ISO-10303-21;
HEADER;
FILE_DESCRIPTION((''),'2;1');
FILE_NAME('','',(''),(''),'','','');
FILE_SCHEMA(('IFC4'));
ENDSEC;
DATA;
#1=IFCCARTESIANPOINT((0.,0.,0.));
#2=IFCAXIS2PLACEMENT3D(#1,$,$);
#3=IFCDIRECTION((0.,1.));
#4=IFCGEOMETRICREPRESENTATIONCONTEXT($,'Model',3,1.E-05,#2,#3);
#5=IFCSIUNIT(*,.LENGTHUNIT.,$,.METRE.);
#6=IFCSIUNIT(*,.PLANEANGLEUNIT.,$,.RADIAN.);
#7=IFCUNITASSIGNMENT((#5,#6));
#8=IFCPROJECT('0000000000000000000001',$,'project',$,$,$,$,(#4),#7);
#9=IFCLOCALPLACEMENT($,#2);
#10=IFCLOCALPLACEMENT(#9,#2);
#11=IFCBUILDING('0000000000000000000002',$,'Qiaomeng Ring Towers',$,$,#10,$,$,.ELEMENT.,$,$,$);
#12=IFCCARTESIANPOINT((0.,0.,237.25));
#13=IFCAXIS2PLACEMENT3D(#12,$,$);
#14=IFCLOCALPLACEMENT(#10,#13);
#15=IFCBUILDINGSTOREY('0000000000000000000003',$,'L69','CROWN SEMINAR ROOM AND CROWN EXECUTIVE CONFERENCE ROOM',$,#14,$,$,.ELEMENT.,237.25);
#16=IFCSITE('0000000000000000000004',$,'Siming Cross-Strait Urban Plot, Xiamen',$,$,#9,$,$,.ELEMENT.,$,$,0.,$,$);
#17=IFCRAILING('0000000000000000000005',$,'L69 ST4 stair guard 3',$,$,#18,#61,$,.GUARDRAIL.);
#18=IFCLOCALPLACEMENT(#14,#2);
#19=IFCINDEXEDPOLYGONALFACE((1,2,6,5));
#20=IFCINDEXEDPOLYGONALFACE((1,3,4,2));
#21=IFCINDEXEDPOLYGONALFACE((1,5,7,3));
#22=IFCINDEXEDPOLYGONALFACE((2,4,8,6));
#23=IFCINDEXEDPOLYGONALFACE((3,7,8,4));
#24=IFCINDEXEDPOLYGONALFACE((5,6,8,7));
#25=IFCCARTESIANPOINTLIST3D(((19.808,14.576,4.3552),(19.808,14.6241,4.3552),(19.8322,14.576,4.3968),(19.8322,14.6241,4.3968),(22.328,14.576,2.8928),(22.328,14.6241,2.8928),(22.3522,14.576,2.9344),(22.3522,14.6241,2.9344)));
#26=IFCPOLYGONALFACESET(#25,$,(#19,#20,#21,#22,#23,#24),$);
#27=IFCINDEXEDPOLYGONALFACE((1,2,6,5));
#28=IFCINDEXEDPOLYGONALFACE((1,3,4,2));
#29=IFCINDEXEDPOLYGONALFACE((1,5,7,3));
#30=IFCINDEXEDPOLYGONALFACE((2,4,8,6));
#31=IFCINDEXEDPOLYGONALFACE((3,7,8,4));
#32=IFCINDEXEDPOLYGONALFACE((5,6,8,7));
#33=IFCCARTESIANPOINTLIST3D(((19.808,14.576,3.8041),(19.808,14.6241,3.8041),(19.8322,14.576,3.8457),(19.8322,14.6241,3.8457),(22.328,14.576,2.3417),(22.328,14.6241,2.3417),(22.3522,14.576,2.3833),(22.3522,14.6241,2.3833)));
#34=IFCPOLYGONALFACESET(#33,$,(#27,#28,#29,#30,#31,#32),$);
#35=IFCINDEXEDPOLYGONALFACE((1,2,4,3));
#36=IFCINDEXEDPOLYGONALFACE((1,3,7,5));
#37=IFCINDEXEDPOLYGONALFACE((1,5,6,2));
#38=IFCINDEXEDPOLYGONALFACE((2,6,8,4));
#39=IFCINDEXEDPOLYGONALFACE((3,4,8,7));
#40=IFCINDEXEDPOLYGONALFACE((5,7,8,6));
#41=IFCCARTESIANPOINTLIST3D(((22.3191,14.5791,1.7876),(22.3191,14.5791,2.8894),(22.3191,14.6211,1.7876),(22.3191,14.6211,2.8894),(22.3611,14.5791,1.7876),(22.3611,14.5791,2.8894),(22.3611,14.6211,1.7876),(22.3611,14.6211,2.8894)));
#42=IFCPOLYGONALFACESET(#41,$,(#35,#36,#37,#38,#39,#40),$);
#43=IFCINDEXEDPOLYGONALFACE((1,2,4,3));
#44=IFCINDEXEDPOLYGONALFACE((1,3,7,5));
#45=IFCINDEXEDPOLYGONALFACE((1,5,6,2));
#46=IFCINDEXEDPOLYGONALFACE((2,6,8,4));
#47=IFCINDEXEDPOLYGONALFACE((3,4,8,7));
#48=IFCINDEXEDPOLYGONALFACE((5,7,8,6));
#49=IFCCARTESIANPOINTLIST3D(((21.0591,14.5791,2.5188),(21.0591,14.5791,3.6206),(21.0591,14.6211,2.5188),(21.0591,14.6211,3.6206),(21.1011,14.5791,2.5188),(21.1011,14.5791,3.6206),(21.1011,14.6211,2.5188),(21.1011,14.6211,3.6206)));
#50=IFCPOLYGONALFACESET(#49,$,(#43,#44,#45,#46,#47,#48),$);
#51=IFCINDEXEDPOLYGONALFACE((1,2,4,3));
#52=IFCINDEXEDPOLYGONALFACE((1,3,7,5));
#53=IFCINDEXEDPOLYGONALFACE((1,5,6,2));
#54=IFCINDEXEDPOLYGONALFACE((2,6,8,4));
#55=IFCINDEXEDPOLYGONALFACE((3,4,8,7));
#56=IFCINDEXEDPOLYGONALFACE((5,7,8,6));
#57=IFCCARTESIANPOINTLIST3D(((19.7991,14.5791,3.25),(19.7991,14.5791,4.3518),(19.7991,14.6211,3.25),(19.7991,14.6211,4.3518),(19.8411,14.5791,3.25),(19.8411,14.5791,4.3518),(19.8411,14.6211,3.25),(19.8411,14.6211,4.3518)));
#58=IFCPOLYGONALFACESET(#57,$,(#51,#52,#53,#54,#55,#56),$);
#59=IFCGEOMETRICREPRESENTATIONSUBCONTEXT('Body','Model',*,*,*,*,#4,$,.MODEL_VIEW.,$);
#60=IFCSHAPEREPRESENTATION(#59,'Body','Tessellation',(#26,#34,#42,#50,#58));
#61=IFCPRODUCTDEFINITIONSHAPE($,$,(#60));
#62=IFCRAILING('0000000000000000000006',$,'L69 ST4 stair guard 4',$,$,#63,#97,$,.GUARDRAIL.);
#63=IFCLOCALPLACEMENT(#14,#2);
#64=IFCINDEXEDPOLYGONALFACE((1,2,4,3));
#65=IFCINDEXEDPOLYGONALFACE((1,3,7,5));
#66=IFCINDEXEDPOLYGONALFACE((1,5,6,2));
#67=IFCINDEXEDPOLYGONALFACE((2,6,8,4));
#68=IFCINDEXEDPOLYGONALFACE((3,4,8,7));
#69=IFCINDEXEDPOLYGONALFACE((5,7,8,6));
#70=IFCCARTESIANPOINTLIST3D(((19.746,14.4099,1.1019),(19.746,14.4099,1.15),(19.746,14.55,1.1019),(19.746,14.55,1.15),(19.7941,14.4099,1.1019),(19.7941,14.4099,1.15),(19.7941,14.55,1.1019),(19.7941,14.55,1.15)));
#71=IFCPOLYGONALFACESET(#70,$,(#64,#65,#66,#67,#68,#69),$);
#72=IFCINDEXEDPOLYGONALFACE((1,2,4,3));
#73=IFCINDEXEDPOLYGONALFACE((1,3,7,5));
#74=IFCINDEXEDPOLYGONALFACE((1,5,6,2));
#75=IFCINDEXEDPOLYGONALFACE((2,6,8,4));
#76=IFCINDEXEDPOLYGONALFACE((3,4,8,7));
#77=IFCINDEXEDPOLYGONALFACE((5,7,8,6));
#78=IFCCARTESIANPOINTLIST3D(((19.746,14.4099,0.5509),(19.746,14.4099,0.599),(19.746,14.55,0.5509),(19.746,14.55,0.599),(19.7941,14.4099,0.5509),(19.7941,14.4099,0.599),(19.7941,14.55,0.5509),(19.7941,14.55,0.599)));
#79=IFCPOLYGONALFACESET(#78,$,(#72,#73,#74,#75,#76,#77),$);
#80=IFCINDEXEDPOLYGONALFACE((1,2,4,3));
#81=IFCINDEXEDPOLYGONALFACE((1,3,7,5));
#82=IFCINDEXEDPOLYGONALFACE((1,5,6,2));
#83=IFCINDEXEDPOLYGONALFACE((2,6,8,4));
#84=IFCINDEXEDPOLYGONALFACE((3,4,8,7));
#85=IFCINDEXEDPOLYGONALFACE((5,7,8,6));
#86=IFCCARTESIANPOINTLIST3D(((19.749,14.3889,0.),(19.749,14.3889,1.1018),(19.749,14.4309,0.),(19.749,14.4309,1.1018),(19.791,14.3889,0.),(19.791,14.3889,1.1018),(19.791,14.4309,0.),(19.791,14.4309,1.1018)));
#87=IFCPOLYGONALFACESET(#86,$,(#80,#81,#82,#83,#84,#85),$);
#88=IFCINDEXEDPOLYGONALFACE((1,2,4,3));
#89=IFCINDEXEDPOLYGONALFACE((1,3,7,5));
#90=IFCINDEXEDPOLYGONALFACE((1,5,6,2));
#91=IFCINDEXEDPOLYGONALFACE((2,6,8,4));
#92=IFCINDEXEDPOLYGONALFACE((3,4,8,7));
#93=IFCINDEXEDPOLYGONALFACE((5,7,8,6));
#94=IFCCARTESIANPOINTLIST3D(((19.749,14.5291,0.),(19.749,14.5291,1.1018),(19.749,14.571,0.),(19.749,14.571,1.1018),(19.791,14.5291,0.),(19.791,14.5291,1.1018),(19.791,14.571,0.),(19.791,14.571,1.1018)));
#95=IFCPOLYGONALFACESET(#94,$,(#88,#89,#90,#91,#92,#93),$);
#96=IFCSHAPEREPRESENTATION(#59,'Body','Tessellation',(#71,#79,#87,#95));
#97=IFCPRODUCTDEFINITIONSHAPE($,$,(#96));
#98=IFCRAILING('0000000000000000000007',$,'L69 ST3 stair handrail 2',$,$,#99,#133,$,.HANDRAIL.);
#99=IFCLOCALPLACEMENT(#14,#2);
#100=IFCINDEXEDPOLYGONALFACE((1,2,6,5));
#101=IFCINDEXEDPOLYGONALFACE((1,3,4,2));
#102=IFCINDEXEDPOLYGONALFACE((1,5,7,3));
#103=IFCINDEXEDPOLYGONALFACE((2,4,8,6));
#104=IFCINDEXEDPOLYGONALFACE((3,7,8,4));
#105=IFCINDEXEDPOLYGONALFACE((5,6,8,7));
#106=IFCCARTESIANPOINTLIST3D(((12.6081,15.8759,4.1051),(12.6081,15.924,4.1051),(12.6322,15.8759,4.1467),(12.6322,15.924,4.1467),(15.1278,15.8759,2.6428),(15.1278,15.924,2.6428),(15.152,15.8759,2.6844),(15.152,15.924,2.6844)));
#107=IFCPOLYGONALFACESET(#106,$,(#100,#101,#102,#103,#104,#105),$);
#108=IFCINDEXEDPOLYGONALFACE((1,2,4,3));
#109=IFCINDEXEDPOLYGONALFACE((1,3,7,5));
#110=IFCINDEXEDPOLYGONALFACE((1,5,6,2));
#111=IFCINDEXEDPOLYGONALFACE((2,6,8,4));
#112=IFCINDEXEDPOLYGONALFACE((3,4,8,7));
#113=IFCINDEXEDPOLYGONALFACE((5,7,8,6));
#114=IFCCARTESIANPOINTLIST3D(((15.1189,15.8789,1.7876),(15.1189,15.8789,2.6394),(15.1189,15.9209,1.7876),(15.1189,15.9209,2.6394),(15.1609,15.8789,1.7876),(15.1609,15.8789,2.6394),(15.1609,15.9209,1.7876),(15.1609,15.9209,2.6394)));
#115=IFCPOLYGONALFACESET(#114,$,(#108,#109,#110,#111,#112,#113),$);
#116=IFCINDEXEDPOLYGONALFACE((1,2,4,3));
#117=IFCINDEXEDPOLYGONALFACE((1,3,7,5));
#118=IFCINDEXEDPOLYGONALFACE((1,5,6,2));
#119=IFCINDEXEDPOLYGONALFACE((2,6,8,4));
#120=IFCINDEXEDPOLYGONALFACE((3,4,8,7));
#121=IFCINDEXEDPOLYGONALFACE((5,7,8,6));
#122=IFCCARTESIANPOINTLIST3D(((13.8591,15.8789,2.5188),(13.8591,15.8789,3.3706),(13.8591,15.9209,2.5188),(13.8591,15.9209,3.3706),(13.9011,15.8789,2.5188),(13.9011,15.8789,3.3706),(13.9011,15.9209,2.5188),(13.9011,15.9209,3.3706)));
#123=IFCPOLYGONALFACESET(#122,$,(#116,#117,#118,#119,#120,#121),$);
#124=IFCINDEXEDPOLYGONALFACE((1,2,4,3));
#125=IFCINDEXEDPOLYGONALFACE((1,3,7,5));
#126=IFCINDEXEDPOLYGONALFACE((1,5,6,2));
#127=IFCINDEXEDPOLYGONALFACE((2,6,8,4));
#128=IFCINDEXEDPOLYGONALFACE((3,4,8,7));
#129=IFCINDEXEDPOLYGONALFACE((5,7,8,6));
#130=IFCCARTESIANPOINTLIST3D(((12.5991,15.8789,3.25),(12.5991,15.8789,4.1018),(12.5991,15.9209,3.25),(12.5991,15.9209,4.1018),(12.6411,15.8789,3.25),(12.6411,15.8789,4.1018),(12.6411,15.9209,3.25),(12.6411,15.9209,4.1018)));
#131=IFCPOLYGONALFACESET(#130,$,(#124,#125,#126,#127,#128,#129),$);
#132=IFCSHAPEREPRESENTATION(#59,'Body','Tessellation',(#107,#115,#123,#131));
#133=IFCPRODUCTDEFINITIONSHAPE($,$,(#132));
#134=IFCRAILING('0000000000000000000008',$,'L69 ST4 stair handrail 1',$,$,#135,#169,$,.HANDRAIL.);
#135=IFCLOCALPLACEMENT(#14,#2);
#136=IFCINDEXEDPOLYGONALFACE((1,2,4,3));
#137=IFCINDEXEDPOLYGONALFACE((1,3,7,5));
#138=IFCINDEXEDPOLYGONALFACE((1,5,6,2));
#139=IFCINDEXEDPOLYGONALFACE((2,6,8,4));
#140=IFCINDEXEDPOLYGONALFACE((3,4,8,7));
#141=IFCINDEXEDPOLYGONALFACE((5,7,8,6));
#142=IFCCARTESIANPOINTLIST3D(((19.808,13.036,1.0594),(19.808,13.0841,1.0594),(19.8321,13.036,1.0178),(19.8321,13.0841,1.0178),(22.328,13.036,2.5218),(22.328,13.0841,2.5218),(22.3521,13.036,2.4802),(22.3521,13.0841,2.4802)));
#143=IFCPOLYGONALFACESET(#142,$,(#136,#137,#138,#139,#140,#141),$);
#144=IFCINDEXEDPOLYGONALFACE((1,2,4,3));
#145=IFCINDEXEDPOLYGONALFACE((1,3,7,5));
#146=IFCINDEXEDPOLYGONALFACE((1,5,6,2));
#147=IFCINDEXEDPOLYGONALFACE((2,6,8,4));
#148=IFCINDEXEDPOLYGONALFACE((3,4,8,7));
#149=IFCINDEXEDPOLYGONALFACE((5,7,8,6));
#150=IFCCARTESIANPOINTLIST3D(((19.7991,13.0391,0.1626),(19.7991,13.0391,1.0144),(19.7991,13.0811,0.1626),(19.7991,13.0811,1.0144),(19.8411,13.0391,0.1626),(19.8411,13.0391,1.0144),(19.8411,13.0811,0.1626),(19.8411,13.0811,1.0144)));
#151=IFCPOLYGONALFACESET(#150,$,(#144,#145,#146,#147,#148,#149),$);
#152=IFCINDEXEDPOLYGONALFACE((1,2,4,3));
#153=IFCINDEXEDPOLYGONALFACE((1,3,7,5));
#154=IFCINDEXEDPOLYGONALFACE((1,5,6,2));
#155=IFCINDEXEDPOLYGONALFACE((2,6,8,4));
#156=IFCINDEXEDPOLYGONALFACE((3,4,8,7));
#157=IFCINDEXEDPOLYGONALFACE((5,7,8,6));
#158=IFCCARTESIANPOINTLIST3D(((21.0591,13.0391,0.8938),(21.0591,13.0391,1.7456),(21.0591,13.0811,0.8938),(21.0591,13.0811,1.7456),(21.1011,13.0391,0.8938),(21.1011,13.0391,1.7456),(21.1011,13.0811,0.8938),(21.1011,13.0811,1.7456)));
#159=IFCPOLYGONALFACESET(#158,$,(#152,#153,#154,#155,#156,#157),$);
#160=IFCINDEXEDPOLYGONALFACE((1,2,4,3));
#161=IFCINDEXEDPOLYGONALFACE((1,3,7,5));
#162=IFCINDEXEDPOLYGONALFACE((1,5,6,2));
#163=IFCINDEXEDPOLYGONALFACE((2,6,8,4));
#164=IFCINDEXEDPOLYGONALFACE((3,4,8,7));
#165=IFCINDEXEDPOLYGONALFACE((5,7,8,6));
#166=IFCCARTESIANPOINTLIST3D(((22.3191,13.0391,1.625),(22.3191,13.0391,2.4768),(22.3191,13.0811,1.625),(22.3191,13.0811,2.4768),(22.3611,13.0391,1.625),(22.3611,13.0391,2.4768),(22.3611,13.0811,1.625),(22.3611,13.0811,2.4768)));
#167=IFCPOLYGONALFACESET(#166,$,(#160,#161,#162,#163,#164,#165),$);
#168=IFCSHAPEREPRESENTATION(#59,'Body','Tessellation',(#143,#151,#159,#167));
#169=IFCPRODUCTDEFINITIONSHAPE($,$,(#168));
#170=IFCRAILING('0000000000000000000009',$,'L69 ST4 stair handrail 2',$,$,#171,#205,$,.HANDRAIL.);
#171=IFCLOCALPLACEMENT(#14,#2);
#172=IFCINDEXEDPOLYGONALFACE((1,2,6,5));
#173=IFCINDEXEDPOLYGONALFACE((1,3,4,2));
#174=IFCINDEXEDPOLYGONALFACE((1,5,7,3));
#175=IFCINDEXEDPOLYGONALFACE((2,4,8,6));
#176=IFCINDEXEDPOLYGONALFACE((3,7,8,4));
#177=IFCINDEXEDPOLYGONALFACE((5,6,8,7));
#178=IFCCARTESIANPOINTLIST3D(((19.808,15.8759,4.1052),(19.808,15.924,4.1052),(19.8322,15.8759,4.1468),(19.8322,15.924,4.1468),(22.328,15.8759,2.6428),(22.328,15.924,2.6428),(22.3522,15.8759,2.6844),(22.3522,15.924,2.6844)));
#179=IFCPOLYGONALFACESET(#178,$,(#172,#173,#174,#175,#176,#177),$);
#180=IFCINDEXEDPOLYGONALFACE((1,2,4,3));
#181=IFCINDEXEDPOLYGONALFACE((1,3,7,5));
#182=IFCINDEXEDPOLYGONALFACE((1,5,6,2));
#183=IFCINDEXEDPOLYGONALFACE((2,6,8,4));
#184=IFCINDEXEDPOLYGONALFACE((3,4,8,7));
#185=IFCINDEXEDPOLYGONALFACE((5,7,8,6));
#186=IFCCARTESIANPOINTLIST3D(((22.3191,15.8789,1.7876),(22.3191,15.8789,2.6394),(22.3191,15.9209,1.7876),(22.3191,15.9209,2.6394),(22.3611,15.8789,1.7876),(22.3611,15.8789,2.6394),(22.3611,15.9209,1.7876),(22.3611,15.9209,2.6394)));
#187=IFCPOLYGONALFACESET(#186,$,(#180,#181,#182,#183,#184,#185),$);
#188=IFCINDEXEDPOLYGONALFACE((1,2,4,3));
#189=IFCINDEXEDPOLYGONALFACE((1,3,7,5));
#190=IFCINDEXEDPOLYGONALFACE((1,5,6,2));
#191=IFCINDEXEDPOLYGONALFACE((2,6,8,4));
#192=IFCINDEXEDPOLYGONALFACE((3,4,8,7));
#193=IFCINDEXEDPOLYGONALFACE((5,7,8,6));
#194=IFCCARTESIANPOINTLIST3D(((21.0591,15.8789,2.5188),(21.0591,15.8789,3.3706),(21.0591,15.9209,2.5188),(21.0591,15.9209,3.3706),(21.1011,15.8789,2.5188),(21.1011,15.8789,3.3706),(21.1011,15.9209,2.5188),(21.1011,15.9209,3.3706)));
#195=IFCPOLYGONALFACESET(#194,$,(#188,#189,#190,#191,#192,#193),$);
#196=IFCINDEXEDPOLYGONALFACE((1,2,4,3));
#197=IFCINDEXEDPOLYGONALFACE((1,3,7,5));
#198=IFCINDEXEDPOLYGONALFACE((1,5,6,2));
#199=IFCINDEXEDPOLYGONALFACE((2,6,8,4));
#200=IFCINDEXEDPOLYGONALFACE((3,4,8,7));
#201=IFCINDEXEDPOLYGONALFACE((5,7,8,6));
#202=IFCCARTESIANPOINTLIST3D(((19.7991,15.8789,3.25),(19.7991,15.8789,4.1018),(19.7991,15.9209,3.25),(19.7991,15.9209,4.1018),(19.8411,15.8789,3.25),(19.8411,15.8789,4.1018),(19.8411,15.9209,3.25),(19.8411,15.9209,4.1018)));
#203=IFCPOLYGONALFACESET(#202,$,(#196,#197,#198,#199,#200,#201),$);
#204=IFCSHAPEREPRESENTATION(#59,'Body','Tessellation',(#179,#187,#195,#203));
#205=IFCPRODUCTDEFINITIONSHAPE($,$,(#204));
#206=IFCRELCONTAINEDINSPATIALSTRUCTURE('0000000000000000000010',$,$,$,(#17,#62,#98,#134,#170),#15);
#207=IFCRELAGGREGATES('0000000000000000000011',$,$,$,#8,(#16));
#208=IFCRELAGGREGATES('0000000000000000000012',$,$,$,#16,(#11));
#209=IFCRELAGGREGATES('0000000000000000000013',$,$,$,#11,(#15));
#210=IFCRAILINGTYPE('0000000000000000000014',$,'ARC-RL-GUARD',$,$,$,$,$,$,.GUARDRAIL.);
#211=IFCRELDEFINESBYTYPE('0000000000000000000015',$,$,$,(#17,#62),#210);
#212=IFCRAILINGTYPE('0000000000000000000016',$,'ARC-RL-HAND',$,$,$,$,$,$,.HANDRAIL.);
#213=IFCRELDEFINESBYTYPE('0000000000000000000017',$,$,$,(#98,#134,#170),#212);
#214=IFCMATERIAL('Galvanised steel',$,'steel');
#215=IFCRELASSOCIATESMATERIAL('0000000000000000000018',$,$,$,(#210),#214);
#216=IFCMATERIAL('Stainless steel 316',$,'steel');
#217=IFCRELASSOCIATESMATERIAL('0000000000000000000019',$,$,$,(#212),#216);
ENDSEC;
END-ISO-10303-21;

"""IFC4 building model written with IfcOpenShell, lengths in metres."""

from ifc_helpers import new_model, si_unit, direction, frame, origin, origin_2d, place, context, subcontext, project, spatial, rectangle, extrude, material, type_object, element, save


model = new_model("IFC4")

# Units and contexts
model_context = context("Model", 3, precision=1e-05, world=origin(), true_north=direction((0.0, 1.0)))
body_context = subcontext(model_context, "Body", "Model", "MODEL_VIEW")
ifc_project = project(units=[si_unit("LENGTHUNIT", "METRE"), si_unit("PLANEANGLEUNIT", "RADIAN")], contexts=[model_context])

# Site, building, storey
site_placement = place(None, origin())
site = spatial("IfcSite", under=ifc_project, at=site_placement, Name="Siming Cross-Strait Urban Plot, Xiamen", CompositionType="ELEMENT", RefElevation=0.0)
building_placement = place(site_placement, origin())
building = spatial("IfcBuilding", under=site, at=building_placement, Name="Qiaomeng Ring Towers", CompositionType="ELEMENT")
storey_placement = place(building_placement, frame((0.0, 0.0, 237.25)))
storey = spatial("IfcBuildingStorey", under=building, at=storey_placement, Name="L69", Description="CROWN SEMINAR ROOM AND CROWN EXECUTIVE CONFERENCE ROOM", CompositionType="ELEMENT", Elevation=237.25)

# Shared definitions
ifc_material_1 = material(Name="Galvanised steel", Category="steel")

# Railings
railing_type_1 = type_object("IfcRailingType", Name="ARC-RL-GUARD", PredefinedType="GUARDRAIL", material=ifc_material_1)
railing_1_placement = place(storey_placement, frame((22.3401, 14.6001, 1.7876)))
element("IfcRailing", 1, at=railing_1_placement, inside=storey, type_object=railing_type_1, Name="L69 ST4 stair guard 3", PredefinedType="GUARDRAIL", context=body_context, shape_type="SweptSolid", body=[
    extrude(rectangle(XDim=0.0481, YDim=0.0481, at=origin_2d()), frame((0.0, 0.0, 1.126), z_axis=(-0.864913, 0.0, 0.501921), x_axis=(0.0, -1.0, 0.0)), (0.0, 0.0, 1.0), 2.9136),
    extrude(rectangle(XDim=0.0481, YDim=0.0481, at=origin_2d()), frame((0.0, 0.0, 0.575), z_axis=(-0.864913, 0.0, 0.501921), x_axis=(0.0, -1.0, 0.0)), (0.0, 0.0, 1.0), 2.9136),
    extrude(rectangle(XDim=0.042, YDim=0.042, at=origin_2d()), origin(), (0.0, 0.0, 1.0), 1.1018),
    extrude(rectangle(XDim=0.042, YDim=0.042, at=origin_2d()), frame((-1.26, 0.0, 0.7312)), (0.0, 0.0, 1.0), 1.1018),
    extrude(rectangle(XDim=0.042, YDim=0.042, at=origin_2d()), frame((-2.52, 0.0, 1.4624)), (0.0, 0.0, 1.0), 1.1018),
])
railing_2_placement = place(storey_placement, frame((19.77, 14.4099, 0.0)))
element("IfcRailing", 2, at=railing_2_placement, inside=storey, type_object=railing_type_1, Name="L69 ST4 stair guard 4", PredefinedType="GUARDRAIL", context=body_context, shape_type="SweptSolid", body=[
    extrude(rectangle(XDim=0.0481, YDim=0.0481, at=origin_2d()), frame((0.0, 0.0, 1.126), z_axis=(0.0, 1.0, 0.0), x_axis=(-1.0, 0.0, 0.0)), (0.0, 0.0, 1.0), 0.1401),
    extrude(rectangle(XDim=0.0481, YDim=0.0481, at=origin_2d()), frame((0.0, 0.0, 0.575), z_axis=(0.0, 1.0, 0.0), x_axis=(-1.0, 0.0, 0.0)), (0.0, 0.0, 1.0), 0.1401),
    extrude(rectangle(XDim=0.042, YDim=0.042, at=origin_2d()), origin(), (0.0, 0.0, 1.0), 1.1018),
    extrude(rectangle(XDim=0.042, YDim=0.042, at=origin_2d()), frame((0.0, 0.1401, 0.0)), (0.0, 0.0, 1.0), 1.1018),
])
ifc_material_2 = material(Name="Stainless steel 316", Category="steel")
railing_type_2 = type_object("IfcRailingType", Name="ARC-RL-HAND", PredefinedType="HANDRAIL", material=ifc_material_2)
railing_3_placement = place(storey_placement, frame((15.1399, 15.8999, 1.7876)))
element("IfcRailing", 3, at=railing_3_placement, inside=storey, type_object=railing_type_2, Name="L69 ST3 stair handrail 2", PredefinedType="HANDRAIL", context=body_context, shape_type="SweptSolid", body=[
    extrude(rectangle(XDim=0.0481, YDim=0.0481, at=origin_2d()), frame((0.0, 0.0, 0.876), z_axis=(-0.864892, 0.0, 0.501958), x_axis=(0.0, -1.0, 0.0)), (0.0, 0.0, 1.0), 2.9133),
    extrude(rectangle(XDim=0.042, YDim=0.042, at=origin_2d()), origin(), (0.0, 0.0, 1.0), 0.8518),
    extrude(rectangle(XDim=0.042, YDim=0.042, at=origin_2d()), frame((-1.2598, 0.0, 0.7312)), (0.0, 0.0, 1.0), 0.8518),
    extrude(rectangle(XDim=0.042, YDim=0.042, at=origin_2d()), frame((-2.5198, 0.0, 1.4624)), (0.0, 0.0, 1.0), 0.8518),
])
railing_4_placement = place(storey_placement, frame((19.8201, 13.0601, 0.1626)))
element("IfcRailing", 4, at=railing_4_placement, inside=storey, type_object=railing_type_2, Name="L69 ST4 stair handrail 1", PredefinedType="HANDRAIL", context=body_context, shape_type="SweptSolid", body=[
    extrude(rectangle(XDim=0.0481, YDim=0.0481, at=origin_2d()), frame((0.0, 0.0, 0.876), z_axis=(0.864913, 0.0, 0.501921), x_axis=(0.0, 1.0, 0.0)), (0.0, 0.0, 1.0), 2.9136),
    extrude(rectangle(XDim=0.042, YDim=0.042, at=origin_2d()), origin(), (0.0, 0.0, 1.0), 0.8518),
    extrude(rectangle(XDim=0.042, YDim=0.042, at=origin_2d()), frame((1.26, 0.0, 0.7312)), (0.0, 0.0, 1.0), 0.8518),
    extrude(rectangle(XDim=0.042, YDim=0.042, at=origin_2d()), frame((2.52, 0.0, 1.4624)), (0.0, 0.0, 1.0), 0.8518),
])
railing_5_placement = place(storey_placement, frame((22.3401, 15.8999, 1.7876)))
element("IfcRailing", 5, at=railing_5_placement, inside=storey, type_object=railing_type_2, Name="L69 ST4 stair handrail 2", PredefinedType="HANDRAIL", context=body_context, shape_type="SweptSolid", body=[
    extrude(rectangle(XDim=0.0481, YDim=0.0481, at=origin_2d()), frame((0.0, 0.0, 0.876), z_axis=(-0.864913, 0.0, 0.501921), x_axis=(0.0, -1.0, 0.0)), (0.0, 0.0, 1.0), 2.9136),
    extrude(rectangle(XDim=0.042, YDim=0.042, at=origin_2d()), origin(), (0.0, 0.0, 1.0), 0.8518),
    extrude(rectangle(XDim=0.042, YDim=0.042, at=origin_2d()), frame((-1.26, 0.0, 0.7312)), (0.0, 0.0, 1.0), 0.8518),
    extrude(rectangle(XDim=0.042, YDim=0.042, at=origin_2d()), frame((-2.52, 0.0, 1.4624)), (0.0, 0.0, 1.0), 0.8518),
])

save(model, "model.ifc")
